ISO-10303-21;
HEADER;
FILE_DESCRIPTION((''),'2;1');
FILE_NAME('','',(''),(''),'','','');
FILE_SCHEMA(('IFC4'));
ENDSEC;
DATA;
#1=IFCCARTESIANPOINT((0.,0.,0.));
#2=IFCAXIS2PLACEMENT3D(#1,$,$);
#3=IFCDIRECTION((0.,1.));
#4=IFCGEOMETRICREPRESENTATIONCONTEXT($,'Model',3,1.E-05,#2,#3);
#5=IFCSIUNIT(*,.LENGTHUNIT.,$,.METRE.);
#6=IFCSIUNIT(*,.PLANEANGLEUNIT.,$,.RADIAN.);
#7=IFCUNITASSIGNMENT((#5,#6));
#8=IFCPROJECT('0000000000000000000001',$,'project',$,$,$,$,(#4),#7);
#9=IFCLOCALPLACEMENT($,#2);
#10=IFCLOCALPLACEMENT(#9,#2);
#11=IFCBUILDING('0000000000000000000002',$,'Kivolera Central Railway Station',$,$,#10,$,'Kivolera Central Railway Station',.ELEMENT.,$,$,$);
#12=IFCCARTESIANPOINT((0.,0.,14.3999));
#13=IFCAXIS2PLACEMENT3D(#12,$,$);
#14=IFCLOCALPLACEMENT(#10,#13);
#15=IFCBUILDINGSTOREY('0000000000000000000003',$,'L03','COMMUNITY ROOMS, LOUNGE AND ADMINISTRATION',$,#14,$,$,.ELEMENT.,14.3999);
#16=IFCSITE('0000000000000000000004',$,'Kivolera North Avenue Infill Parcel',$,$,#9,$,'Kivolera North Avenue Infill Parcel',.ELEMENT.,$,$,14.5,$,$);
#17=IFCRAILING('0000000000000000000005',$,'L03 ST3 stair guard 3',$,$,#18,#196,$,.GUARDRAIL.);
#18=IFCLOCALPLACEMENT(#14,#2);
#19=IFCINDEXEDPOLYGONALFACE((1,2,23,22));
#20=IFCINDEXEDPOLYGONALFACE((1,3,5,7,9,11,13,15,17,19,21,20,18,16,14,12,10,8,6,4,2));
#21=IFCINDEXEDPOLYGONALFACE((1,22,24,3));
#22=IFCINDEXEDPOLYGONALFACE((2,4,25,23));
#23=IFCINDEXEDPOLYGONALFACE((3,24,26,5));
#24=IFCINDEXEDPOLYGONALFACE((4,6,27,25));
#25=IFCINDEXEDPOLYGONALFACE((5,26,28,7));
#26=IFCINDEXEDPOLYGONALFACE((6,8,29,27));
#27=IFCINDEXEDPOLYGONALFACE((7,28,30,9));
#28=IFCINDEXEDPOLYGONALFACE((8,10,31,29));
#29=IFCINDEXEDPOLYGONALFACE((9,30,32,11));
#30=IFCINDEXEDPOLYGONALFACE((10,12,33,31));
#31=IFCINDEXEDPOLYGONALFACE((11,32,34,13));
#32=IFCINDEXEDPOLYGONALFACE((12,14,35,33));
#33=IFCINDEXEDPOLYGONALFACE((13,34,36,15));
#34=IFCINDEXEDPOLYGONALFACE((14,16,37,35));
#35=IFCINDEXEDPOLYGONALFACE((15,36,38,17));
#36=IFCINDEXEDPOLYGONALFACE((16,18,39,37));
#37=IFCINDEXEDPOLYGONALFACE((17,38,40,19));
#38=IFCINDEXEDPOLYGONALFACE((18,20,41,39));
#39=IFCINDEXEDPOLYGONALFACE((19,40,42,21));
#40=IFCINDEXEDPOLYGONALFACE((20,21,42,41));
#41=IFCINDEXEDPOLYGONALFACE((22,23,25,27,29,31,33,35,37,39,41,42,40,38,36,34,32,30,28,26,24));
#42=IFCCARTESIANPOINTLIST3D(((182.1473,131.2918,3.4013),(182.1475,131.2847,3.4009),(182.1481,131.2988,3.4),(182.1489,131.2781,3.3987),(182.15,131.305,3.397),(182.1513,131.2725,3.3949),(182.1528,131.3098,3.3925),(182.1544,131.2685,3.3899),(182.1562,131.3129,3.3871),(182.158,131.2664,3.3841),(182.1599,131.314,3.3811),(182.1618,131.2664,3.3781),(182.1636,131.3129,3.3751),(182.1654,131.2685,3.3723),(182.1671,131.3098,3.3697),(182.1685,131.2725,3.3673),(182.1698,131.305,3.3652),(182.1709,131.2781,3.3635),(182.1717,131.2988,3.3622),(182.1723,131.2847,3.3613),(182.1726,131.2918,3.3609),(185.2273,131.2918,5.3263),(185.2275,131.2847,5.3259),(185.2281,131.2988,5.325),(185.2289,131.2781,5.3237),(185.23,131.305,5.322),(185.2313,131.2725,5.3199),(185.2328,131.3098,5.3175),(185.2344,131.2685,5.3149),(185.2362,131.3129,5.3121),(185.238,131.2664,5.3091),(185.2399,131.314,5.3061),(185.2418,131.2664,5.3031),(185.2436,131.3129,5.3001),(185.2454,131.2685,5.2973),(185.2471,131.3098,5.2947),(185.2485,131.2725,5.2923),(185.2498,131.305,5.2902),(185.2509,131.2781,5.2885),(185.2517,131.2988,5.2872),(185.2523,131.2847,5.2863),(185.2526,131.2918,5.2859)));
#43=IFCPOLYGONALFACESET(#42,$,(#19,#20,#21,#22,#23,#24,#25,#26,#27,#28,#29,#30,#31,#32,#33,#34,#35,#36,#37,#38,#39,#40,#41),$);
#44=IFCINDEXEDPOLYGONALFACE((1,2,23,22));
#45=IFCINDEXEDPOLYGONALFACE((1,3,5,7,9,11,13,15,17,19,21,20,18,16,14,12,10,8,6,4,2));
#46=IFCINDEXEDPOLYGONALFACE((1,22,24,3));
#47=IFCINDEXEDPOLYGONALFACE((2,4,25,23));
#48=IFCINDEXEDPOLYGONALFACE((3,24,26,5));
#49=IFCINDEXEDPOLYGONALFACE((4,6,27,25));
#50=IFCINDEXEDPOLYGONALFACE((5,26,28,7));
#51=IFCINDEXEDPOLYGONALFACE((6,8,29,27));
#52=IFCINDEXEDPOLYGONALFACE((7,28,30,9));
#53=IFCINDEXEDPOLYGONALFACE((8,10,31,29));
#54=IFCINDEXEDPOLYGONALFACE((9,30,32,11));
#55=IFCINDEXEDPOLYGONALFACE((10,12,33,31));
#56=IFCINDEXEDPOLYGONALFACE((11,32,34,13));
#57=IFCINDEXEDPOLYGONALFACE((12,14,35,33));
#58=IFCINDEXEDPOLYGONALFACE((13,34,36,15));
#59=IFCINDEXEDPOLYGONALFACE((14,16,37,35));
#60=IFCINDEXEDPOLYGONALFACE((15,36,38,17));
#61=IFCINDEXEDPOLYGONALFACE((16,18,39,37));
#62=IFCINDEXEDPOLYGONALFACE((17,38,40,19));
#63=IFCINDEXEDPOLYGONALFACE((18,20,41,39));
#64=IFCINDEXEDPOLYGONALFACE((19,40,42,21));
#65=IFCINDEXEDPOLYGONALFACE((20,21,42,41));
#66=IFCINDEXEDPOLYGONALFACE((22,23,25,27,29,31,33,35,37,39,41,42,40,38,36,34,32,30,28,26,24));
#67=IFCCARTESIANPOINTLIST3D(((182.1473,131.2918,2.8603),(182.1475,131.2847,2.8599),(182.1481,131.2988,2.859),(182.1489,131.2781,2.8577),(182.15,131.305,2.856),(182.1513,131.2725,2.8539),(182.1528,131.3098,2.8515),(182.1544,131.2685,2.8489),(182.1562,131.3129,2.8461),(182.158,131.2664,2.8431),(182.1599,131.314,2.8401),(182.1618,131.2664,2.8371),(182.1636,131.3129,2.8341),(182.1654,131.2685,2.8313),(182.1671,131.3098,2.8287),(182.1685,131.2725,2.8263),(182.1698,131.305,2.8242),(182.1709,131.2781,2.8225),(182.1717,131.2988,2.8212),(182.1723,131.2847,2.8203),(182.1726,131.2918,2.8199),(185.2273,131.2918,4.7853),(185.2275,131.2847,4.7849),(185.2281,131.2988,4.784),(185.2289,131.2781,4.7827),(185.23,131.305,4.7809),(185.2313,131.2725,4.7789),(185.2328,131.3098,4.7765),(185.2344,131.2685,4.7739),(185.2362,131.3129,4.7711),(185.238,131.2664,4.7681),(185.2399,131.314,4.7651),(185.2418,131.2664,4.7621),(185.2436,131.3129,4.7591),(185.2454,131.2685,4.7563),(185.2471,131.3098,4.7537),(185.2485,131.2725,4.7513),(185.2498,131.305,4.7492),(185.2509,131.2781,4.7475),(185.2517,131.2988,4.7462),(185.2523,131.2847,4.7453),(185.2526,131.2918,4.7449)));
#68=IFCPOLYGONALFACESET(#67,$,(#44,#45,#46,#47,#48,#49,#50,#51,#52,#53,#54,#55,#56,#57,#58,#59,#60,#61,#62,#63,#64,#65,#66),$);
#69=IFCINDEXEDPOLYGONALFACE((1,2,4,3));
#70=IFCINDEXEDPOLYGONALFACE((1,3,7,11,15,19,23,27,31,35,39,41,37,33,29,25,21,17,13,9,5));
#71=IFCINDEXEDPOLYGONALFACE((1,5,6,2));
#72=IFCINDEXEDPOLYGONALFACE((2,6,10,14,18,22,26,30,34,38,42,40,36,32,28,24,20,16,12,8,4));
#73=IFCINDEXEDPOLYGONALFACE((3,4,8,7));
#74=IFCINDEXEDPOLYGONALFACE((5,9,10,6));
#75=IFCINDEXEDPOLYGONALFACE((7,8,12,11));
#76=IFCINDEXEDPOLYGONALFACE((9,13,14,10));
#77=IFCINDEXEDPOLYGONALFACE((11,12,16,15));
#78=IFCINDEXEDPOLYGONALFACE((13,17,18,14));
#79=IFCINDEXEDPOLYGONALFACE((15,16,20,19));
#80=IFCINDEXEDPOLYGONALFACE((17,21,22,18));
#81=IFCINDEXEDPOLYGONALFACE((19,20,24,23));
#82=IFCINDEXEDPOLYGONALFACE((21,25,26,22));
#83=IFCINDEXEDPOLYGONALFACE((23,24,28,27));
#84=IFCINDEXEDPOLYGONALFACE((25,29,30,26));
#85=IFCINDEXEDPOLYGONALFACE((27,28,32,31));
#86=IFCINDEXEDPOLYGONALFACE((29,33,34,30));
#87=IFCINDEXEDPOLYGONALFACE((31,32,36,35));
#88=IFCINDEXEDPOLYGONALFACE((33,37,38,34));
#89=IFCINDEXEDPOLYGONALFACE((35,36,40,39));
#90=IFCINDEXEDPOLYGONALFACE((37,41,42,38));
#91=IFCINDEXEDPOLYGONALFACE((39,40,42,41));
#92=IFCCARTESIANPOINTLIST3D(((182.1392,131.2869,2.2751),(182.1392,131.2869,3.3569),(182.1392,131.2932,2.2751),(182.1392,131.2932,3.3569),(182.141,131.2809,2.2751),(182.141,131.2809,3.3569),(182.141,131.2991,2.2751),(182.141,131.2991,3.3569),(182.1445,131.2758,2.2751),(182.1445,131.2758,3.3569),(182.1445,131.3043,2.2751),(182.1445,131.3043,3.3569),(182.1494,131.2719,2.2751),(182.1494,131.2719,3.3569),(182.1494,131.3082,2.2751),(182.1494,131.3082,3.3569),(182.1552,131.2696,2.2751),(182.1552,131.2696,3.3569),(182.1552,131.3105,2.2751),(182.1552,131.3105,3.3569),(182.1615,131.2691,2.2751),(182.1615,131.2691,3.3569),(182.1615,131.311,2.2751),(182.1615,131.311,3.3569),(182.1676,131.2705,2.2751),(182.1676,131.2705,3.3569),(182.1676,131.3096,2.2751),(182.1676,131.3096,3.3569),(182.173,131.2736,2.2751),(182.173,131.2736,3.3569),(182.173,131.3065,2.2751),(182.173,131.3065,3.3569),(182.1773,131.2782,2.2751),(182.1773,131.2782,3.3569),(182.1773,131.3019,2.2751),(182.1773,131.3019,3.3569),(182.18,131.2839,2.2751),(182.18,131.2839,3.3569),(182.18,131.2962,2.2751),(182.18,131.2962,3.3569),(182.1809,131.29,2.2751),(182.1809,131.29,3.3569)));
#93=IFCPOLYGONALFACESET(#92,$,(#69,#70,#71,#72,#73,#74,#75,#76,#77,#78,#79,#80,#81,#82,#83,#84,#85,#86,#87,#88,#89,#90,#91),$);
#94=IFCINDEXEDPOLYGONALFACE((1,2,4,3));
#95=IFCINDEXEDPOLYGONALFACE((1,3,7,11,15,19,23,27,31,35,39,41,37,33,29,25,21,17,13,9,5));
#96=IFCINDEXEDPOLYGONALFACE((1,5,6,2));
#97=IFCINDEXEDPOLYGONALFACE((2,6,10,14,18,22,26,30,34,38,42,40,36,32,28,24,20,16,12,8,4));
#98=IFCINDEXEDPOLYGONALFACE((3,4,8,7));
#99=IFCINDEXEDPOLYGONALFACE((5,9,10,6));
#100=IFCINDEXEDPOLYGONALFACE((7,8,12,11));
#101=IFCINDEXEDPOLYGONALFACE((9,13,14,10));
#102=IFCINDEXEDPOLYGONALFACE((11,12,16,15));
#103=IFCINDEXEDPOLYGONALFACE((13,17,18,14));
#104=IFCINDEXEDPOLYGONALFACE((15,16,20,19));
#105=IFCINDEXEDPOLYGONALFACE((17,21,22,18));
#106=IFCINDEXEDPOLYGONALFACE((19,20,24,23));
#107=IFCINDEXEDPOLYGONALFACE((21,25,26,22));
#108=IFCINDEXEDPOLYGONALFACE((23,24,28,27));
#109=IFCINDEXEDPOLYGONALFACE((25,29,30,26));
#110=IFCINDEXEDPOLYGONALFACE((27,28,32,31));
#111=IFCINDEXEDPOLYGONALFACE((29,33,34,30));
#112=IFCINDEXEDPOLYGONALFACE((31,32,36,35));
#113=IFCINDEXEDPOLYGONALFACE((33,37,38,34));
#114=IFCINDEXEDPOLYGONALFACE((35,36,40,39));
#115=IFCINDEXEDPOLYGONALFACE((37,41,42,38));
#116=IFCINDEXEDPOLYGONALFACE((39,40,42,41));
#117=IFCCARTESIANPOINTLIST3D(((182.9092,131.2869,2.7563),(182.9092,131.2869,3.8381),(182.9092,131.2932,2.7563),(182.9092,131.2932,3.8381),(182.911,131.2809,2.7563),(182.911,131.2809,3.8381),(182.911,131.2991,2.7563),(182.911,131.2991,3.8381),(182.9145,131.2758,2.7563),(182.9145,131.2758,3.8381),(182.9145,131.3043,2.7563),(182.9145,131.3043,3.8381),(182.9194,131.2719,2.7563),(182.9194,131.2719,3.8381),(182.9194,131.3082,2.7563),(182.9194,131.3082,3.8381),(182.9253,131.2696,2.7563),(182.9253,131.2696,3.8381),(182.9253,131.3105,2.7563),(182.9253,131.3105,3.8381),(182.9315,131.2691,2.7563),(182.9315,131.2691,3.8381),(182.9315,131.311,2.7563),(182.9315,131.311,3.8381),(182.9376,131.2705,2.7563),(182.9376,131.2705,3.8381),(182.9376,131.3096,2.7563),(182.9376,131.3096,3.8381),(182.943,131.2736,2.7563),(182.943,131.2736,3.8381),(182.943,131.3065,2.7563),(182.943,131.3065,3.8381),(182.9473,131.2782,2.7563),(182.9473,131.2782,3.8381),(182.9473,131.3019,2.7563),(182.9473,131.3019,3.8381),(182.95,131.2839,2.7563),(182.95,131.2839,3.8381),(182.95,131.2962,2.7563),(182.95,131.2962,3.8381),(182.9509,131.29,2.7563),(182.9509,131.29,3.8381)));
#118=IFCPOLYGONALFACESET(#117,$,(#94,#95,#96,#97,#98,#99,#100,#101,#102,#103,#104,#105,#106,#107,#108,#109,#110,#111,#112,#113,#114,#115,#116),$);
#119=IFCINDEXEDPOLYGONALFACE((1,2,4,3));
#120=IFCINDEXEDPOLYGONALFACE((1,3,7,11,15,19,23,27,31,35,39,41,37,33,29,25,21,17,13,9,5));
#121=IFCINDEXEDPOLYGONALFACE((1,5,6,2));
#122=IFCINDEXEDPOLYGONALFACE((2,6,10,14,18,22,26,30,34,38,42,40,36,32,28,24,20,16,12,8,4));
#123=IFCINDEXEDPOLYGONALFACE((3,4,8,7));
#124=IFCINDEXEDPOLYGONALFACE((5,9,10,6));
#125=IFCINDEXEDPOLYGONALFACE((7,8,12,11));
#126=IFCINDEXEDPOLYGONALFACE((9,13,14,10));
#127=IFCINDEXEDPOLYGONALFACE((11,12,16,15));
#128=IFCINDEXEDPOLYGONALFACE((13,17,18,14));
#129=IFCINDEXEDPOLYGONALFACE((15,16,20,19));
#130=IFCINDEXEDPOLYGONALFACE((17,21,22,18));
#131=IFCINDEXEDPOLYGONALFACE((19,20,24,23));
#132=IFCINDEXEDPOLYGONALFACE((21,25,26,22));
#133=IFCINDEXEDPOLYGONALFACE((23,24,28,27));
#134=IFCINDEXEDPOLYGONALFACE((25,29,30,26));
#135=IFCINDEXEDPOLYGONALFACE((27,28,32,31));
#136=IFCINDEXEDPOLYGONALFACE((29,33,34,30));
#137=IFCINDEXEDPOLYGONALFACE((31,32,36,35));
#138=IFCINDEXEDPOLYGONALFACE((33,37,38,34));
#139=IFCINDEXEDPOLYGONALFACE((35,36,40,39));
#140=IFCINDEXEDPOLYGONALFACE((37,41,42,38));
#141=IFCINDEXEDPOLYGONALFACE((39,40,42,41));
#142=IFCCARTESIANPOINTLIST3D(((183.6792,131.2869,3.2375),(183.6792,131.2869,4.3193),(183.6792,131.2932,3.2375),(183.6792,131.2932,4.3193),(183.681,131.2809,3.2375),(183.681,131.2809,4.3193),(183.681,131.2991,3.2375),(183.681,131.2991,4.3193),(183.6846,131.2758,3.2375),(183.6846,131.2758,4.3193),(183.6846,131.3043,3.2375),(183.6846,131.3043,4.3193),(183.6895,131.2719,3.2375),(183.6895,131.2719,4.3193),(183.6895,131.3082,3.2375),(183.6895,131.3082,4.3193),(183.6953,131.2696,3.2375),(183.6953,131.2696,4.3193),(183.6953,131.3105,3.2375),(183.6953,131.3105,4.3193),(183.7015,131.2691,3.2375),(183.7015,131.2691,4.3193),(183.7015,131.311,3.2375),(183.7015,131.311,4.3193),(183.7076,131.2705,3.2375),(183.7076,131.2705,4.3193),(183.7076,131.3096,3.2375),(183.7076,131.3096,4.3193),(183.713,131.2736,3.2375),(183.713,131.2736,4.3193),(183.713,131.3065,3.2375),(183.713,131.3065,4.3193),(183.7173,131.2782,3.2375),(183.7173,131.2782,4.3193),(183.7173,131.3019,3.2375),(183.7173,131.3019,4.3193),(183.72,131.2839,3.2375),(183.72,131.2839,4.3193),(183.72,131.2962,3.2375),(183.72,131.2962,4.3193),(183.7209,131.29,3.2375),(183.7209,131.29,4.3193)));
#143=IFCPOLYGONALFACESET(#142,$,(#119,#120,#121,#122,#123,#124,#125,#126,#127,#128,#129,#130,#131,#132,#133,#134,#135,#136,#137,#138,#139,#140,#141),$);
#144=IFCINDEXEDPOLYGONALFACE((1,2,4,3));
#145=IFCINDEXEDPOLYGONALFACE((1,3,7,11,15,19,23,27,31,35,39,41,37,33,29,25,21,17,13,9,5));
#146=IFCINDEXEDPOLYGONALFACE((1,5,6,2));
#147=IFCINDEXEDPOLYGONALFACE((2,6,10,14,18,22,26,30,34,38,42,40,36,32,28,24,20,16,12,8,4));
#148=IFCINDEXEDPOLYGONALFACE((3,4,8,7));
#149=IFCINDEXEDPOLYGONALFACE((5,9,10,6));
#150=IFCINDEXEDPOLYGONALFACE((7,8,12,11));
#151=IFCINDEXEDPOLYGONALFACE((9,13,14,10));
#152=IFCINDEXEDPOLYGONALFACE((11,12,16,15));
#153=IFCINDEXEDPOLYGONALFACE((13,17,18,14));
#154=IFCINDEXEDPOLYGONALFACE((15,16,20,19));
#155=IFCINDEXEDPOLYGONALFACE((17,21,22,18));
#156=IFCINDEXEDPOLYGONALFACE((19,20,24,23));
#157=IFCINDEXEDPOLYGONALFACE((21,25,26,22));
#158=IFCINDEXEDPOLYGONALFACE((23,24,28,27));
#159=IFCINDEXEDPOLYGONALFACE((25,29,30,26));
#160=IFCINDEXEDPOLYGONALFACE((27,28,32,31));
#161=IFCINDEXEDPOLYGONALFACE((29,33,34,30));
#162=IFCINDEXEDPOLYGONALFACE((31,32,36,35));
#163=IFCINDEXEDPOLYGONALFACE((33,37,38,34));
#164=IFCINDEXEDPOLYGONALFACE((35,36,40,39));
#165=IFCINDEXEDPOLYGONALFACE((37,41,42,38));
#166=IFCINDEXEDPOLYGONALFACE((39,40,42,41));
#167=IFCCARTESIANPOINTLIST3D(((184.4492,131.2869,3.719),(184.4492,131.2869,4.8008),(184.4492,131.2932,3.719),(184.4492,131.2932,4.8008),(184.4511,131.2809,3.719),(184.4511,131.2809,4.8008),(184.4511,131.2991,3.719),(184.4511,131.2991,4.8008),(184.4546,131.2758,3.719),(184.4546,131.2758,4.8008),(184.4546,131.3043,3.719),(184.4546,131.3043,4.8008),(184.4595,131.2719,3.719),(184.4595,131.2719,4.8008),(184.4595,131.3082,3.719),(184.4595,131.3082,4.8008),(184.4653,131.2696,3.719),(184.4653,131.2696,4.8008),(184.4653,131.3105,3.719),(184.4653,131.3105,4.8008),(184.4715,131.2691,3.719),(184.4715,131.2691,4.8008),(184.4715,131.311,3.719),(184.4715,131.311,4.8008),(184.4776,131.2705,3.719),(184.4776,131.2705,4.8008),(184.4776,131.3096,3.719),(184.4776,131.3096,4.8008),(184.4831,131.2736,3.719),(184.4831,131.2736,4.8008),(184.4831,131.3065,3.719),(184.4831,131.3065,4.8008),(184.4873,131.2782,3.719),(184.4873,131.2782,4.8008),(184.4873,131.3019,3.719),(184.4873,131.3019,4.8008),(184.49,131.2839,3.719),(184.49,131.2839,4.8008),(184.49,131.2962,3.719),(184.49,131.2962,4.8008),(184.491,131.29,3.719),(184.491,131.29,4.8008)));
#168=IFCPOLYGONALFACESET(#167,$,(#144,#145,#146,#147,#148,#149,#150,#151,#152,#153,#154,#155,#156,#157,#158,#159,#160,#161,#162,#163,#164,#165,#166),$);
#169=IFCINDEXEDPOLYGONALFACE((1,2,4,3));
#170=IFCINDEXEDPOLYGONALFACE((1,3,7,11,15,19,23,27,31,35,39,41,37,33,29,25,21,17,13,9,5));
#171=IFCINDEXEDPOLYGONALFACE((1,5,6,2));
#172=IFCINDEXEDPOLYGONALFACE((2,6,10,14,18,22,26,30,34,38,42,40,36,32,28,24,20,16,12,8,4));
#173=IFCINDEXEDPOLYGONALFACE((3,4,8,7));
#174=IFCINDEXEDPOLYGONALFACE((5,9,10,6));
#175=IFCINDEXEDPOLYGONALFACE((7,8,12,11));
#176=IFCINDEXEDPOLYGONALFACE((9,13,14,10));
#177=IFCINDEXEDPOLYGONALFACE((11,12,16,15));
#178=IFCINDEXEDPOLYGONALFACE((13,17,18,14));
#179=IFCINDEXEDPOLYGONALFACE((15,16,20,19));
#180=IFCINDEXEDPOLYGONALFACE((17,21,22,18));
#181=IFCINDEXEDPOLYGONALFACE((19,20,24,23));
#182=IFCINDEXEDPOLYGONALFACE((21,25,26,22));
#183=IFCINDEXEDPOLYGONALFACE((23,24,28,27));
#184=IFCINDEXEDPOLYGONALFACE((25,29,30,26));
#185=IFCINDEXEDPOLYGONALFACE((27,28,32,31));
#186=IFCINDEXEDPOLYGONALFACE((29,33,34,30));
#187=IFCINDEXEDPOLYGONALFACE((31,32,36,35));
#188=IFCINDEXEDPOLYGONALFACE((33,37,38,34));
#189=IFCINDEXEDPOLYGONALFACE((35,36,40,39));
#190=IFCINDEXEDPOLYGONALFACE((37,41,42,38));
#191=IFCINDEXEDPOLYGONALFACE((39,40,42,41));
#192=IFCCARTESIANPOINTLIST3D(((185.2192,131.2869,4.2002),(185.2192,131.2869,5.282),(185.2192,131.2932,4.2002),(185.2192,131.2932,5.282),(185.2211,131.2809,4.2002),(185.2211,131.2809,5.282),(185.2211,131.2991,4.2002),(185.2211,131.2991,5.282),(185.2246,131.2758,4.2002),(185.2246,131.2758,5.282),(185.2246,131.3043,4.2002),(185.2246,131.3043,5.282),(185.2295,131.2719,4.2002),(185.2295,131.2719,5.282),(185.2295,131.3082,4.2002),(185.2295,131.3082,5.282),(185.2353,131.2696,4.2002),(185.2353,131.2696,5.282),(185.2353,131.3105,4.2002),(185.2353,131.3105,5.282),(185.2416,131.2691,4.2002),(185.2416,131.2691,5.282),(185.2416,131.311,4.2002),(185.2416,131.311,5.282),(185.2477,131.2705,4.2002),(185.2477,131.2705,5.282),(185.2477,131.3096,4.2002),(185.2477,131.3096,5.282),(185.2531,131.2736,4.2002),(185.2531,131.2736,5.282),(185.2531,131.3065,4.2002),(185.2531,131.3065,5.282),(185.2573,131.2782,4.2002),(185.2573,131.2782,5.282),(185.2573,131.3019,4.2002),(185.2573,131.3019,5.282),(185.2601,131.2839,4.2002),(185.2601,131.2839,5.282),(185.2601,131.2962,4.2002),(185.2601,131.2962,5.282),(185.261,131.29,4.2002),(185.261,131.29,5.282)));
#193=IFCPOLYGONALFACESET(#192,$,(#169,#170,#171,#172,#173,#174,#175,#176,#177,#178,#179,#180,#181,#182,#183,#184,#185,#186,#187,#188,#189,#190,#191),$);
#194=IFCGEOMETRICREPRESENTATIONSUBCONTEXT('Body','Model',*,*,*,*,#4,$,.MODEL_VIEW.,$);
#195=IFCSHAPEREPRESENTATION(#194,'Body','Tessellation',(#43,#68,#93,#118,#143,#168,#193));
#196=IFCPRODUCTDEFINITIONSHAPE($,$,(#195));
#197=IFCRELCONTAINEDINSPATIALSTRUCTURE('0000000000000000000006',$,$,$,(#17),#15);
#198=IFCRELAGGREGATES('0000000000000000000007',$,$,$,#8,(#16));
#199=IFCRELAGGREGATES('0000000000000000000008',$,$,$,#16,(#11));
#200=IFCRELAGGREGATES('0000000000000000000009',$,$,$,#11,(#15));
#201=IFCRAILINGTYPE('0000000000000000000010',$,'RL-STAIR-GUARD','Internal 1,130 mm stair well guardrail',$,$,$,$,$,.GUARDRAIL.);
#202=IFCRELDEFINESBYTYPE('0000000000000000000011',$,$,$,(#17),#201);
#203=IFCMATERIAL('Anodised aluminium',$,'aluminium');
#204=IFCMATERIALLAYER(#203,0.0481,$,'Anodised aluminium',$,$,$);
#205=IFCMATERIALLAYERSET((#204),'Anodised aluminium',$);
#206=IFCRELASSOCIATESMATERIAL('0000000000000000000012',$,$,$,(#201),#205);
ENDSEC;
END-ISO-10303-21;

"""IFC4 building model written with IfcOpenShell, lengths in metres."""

from ifc_helpers import new_model, si_unit, direction, frame, origin, origin_2d, place, context, subcontext, project, spatial, circle, extrude, material, layer, layer_set, type_object, element, save


model = new_model("IFC4")

# Units and contexts
model_context = context("Model", 3, precision=1e-05, world=origin(), true_north=direction((0.0, 1.0)))
body_context = subcontext(model_context, "Body", "Model", "MODEL_VIEW")
ifc_project = project(units=[si_unit("LENGTHUNIT", "METRE"), si_unit("PLANEANGLEUNIT", "RADIAN")], contexts=[model_context])

# Site, building, storey
site_placement = place(None, origin())
site = spatial("IfcSite", under=ifc_project, at=site_placement, Name="Kivolera North Avenue Infill Parcel", LongName="Kivolera North Avenue Infill Parcel", CompositionType="ELEMENT", RefElevation=14.5)
building_placement = place(site_placement, origin())
building = spatial("IfcBuilding", under=site, at=building_placement, Name="Kivolera Central Railway Station", LongName="Kivolera Central Railway Station", CompositionType="ELEMENT")
storey_placement = place(building_placement, frame((0.0, 0.0, 14.3999)))
storey = spatial("IfcBuildingStorey", under=building, at=storey_placement, Name="L03", Description="COMMUNITY ROOMS, LOUNGE AND ADMINISTRATION", CompositionType="ELEMENT", Elevation=14.3999)

# Railing
ifc_material_1 = material(Name="Anodised aluminium", Category="aluminium")
ifc_layer_1 = layer(ifc_material_1, 0.0481, Name="Anodised aluminium")
ifc_layer_set_1 = layer_set([ifc_layer_1], Name="Anodised aluminium")
railing_type_1 = type_object("IfcRailingType", Name="RL-STAIR-GUARD", Description="Internal 1,130 mm stair well guardrail", PredefinedType="GUARDRAIL", material=ifc_layer_set_1)
railing_1_placement = place(storey_placement, frame((182.1599, 131.29, 2.2751)))
element("IfcRailing", 1, at=railing_1_placement, inside=storey, type_object=railing_type_1, Name="L03 ST3 stair guard 3", PredefinedType="GUARDRAIL", context=body_context, shape_type="SweptSolid", body=[
    extrude(circle(Radius=0.0239, at=origin_2d()), frame((0.0, 0.0, 1.106), z_axis=(0.847998, 0.0, 0.529999), x_axis=(0.0, 1.0, 0.0)), (0.0, 0.0, 1.0), 3.6321),
    extrude(circle(Radius=0.0239, at=origin_2d()), frame((0.0, 0.0, 0.5649), z_axis=(0.847998, 0.0, 0.529999), x_axis=(0.0, 1.0, 0.0)), (0.0, 0.0, 1.0), 3.6321),
    extrude(circle(Radius=0.021, at=origin_2d()), origin(), (0.0, 0.0, 1.0), 1.0818),
    extrude(circle(Radius=0.021, at=origin_2d()), frame((0.77, 0.0, 0.4812)), (0.0, 0.0, 1.0), 1.0818),
    extrude(circle(Radius=0.021, at=origin_2d()), frame((1.54, 0.0, 0.9624)), (0.0, 0.0, 1.0), 1.0818),
    extrude(circle(Radius=0.021, at=origin_2d()), frame((2.3101, 0.0, 1.4438)), (0.0, 0.0, 1.0), 1.0818),
    extrude(circle(Radius=0.021, at=origin_2d()), frame((3.0801, 0.0, 1.925)), (0.0, 0.0, 1.0), 1.0818),
])

save(model, "model.ifc")
